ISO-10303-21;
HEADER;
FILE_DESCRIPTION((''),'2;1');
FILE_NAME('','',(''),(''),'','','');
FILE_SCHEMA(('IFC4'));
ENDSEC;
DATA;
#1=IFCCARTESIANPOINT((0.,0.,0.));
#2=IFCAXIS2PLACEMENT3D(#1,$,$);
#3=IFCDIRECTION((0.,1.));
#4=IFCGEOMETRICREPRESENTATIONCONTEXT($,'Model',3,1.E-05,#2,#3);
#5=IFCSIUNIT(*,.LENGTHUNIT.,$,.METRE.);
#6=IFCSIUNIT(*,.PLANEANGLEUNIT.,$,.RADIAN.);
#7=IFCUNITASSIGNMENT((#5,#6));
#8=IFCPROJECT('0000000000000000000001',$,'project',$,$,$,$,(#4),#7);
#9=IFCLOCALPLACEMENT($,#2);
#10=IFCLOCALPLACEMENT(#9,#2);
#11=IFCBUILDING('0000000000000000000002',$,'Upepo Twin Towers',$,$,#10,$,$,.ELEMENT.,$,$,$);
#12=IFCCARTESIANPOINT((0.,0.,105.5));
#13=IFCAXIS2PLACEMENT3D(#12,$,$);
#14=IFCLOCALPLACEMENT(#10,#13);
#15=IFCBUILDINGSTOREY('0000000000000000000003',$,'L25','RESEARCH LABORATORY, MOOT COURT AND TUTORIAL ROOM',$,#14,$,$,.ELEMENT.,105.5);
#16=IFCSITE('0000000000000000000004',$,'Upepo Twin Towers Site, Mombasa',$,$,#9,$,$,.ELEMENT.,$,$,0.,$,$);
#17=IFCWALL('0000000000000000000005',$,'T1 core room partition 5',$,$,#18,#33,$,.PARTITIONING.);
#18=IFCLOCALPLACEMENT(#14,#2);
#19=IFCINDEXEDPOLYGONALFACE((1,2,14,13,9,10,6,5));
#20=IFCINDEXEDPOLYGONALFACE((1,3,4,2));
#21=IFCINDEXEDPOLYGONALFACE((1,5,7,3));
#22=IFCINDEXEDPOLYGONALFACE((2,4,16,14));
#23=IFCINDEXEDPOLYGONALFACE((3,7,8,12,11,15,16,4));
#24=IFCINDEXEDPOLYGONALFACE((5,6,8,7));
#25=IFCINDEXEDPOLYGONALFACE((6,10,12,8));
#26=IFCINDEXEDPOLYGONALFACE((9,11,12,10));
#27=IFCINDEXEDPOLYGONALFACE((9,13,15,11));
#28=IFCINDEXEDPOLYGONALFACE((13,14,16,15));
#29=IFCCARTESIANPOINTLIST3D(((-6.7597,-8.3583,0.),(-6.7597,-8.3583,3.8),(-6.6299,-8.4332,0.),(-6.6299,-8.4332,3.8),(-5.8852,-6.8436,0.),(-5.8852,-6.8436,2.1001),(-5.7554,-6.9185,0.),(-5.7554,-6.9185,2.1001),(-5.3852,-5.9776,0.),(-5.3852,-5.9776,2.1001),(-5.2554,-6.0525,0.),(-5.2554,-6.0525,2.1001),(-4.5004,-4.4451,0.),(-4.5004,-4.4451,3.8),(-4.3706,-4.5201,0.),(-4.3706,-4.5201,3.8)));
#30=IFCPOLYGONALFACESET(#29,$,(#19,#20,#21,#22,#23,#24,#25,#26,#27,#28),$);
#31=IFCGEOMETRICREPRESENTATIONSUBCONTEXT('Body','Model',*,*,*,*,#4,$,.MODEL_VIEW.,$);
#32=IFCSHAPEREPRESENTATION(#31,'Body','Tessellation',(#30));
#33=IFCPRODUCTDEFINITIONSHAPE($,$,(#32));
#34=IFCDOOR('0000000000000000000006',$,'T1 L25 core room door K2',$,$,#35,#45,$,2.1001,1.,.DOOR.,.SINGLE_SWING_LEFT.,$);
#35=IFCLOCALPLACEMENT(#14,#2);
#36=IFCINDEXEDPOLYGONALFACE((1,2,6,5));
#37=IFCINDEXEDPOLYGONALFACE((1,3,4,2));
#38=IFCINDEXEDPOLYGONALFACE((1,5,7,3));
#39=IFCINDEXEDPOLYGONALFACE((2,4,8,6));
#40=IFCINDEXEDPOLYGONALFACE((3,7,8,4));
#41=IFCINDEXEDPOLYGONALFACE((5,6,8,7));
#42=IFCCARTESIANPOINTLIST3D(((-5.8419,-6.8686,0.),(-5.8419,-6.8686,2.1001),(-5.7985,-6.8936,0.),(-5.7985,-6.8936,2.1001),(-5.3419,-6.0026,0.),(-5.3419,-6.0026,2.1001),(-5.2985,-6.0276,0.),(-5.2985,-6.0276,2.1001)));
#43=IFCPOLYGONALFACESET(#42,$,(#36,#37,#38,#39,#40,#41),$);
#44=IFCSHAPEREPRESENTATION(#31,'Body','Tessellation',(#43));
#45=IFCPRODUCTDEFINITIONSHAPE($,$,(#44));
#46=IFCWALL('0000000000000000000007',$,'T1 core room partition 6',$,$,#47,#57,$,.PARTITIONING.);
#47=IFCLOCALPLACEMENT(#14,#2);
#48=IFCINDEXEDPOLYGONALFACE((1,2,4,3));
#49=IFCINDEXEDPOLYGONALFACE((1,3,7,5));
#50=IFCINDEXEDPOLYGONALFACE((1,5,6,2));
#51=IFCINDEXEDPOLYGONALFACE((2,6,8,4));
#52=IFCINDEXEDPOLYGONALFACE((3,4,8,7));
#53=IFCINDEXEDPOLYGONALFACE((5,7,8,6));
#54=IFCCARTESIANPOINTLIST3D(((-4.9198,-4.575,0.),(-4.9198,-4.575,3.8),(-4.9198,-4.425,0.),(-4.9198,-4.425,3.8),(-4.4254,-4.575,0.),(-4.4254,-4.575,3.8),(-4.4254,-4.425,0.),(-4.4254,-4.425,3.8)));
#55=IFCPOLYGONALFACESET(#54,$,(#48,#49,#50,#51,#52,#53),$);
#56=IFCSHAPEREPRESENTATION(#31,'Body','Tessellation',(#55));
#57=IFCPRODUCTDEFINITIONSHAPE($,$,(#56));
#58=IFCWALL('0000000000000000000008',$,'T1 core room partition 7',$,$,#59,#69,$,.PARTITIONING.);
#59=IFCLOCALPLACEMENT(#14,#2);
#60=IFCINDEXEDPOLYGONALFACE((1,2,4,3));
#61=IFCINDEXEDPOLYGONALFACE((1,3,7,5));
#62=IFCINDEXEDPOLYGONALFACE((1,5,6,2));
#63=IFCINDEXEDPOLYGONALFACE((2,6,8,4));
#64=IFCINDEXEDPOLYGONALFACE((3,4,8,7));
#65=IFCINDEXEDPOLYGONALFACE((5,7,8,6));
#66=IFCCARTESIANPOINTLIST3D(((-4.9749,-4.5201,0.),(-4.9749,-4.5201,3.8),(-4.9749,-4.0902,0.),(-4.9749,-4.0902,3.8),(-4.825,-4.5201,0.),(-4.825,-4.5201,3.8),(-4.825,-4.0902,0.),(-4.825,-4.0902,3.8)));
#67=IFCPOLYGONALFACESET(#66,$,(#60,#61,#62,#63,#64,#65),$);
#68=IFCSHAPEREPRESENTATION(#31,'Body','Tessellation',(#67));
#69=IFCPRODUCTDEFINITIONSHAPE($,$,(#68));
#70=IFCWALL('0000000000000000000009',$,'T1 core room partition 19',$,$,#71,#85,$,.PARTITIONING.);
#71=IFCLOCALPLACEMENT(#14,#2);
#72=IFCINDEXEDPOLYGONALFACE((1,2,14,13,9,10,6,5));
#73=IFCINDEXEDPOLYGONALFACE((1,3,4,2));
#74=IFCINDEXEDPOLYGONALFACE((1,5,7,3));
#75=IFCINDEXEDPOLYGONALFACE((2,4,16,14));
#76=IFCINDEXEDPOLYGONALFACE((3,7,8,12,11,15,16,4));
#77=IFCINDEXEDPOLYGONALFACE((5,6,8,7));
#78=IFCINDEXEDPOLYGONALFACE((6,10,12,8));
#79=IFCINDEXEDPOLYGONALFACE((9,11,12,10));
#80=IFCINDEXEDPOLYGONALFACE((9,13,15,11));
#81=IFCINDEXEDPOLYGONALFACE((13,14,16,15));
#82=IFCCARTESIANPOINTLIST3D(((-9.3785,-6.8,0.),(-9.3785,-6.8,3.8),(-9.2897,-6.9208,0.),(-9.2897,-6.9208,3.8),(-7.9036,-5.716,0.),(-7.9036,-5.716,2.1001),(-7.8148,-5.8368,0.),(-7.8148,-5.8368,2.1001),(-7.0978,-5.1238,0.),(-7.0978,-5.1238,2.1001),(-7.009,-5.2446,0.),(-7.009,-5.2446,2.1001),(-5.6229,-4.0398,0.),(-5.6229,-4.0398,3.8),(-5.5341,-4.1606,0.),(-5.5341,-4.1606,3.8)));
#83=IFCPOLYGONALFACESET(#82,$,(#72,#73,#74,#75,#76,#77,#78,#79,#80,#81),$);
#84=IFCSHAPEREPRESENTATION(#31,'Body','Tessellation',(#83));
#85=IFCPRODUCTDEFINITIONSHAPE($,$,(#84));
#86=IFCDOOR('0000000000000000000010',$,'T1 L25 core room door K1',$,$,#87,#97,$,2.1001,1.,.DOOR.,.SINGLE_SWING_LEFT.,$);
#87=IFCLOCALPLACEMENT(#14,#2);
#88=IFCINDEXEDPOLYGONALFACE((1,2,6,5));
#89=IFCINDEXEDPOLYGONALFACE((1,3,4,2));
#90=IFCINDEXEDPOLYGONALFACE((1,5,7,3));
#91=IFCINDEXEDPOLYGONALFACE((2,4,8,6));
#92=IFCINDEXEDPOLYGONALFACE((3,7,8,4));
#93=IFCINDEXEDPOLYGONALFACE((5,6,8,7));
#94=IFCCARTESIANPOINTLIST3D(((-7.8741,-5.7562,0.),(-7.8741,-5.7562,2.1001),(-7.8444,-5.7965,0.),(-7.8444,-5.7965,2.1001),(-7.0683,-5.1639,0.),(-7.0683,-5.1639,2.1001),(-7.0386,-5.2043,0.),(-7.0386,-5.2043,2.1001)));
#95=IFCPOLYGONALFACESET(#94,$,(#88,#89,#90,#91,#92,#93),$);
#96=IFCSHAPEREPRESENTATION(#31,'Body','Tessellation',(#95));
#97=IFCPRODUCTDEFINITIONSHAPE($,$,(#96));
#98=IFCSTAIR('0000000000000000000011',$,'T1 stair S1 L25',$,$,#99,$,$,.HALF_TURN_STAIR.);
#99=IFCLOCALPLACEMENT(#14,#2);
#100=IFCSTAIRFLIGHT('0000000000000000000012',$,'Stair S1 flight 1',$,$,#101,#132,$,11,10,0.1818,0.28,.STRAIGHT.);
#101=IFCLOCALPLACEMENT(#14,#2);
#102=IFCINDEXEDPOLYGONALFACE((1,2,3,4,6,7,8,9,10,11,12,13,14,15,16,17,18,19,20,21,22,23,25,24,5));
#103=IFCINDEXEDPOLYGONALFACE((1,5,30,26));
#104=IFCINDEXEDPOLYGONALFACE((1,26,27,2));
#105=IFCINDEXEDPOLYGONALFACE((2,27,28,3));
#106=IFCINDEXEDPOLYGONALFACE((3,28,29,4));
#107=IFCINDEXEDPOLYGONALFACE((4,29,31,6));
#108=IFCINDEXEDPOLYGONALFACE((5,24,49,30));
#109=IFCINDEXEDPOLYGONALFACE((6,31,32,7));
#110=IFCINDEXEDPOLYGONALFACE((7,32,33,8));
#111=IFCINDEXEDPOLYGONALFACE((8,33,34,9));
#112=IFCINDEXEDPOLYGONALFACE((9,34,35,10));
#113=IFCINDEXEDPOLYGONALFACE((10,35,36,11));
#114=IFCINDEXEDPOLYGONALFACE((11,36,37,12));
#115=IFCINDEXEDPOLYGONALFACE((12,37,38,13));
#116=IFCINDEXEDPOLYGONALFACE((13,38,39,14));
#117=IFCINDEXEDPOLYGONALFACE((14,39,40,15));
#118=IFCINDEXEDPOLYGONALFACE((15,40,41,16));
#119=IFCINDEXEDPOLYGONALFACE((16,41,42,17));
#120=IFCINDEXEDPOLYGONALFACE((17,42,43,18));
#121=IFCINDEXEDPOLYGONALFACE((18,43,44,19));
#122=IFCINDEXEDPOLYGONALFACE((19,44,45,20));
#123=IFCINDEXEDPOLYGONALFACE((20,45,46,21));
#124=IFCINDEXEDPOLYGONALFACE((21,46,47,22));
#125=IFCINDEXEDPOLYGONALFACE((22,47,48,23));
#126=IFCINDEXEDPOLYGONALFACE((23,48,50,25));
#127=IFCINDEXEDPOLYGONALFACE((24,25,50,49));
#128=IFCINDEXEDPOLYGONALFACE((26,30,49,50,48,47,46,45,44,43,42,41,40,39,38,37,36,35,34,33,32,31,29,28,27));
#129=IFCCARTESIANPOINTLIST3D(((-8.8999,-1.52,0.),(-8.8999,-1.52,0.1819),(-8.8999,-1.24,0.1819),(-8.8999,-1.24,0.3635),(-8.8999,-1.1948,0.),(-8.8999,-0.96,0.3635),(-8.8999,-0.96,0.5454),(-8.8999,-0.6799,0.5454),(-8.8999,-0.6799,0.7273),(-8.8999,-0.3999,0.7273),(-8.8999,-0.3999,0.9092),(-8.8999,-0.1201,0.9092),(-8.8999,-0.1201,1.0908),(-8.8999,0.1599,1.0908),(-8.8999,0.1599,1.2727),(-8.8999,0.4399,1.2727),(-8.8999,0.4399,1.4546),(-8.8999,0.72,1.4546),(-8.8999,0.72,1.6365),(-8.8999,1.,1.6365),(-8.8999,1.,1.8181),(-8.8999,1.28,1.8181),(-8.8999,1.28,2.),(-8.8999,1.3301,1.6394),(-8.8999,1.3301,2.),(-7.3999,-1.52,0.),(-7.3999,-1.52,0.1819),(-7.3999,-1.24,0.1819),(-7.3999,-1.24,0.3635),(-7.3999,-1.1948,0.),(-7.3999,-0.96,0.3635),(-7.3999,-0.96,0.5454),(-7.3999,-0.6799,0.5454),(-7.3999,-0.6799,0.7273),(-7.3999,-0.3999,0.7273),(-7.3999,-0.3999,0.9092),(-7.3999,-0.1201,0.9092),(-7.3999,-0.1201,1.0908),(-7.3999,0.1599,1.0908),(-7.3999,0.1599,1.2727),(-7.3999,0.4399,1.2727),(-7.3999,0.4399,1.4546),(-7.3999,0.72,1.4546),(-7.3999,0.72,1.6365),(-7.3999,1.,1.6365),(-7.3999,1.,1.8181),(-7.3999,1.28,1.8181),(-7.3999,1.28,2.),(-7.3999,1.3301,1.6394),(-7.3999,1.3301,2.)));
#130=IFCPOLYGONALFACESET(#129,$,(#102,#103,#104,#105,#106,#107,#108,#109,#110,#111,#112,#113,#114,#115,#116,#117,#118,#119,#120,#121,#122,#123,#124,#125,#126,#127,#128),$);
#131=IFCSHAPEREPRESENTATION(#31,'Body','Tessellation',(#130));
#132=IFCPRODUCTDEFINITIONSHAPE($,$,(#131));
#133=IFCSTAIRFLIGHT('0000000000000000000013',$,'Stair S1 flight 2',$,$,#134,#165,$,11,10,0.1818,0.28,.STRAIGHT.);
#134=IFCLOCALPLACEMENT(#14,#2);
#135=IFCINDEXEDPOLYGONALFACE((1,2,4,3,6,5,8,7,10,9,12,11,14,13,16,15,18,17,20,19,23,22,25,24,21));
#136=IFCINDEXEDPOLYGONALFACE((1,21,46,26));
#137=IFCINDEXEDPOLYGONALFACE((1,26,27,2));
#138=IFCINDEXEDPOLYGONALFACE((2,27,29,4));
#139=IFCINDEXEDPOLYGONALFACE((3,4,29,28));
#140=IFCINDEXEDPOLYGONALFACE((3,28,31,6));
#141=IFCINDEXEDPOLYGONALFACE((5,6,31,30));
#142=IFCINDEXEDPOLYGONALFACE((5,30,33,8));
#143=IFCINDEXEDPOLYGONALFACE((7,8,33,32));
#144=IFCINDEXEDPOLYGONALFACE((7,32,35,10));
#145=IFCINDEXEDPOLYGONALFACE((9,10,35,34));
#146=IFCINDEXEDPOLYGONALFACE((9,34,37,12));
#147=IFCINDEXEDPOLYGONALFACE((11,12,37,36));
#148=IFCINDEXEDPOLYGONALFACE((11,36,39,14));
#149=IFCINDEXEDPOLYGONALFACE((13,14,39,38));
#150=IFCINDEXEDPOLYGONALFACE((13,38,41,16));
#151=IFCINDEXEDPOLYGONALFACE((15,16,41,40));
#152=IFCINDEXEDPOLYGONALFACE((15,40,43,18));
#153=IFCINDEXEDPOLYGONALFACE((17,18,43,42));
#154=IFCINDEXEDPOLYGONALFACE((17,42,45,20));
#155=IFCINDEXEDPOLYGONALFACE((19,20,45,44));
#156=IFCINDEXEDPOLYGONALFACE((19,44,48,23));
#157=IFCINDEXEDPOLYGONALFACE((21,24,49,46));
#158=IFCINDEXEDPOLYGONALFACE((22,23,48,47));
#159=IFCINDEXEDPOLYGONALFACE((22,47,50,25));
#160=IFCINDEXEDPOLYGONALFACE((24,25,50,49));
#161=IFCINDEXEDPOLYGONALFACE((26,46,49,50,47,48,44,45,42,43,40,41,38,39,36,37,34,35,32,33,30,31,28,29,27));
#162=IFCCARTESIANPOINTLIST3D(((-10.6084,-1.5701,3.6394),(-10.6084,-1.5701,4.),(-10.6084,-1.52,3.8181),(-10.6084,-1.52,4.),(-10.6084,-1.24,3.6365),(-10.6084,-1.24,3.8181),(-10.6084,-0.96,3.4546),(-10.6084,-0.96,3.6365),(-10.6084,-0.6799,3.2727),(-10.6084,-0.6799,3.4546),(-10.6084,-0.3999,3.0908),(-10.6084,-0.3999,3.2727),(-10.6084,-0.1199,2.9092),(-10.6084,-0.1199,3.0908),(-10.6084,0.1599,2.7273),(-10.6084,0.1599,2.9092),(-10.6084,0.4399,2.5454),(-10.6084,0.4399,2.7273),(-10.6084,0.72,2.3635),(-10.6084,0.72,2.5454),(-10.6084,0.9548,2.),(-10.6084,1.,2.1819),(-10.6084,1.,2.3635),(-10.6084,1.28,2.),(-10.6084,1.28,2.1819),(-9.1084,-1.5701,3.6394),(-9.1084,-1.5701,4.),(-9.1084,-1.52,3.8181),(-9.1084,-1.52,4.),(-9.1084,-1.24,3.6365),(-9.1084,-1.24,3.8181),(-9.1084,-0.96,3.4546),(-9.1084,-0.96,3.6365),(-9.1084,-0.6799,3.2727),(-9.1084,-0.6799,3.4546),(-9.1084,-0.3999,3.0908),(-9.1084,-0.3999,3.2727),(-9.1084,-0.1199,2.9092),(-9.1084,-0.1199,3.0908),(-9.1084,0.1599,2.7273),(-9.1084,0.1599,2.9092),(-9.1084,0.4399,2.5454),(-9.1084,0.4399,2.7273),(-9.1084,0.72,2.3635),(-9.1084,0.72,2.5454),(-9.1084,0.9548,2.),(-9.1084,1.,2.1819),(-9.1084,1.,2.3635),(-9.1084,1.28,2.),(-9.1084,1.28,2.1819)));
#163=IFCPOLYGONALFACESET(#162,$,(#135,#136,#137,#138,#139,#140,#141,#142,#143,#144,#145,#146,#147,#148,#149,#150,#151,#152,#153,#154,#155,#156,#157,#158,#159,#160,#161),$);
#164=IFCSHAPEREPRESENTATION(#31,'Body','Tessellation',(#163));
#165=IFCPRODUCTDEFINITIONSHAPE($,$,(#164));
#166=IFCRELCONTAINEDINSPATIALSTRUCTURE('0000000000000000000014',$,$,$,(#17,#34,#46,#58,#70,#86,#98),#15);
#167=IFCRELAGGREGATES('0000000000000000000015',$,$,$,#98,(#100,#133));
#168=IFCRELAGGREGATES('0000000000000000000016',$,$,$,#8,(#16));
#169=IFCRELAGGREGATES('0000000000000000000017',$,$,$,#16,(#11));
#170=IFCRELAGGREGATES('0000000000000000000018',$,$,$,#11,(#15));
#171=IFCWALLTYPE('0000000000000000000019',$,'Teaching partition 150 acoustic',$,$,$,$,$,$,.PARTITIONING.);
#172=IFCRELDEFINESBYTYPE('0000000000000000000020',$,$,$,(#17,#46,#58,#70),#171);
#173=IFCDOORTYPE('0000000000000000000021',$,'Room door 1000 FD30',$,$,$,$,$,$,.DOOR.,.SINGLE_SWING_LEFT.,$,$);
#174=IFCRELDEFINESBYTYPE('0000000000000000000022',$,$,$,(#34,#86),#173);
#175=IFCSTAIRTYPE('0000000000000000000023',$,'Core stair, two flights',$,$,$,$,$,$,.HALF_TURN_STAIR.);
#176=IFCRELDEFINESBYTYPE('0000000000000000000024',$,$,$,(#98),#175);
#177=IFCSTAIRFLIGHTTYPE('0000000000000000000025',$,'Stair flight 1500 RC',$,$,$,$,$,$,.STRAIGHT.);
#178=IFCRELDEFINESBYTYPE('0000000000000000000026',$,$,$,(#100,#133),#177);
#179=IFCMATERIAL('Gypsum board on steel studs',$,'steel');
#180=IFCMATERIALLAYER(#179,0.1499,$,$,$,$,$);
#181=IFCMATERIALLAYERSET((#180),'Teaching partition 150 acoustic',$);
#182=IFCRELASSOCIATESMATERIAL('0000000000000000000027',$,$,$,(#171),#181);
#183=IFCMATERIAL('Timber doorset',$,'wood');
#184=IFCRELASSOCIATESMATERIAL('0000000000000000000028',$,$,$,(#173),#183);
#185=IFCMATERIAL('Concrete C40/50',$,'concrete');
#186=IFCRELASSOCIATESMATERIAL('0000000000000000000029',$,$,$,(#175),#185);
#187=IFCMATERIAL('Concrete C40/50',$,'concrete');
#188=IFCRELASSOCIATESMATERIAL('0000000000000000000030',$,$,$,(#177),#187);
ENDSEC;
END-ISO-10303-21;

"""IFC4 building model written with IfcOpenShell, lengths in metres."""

from ifc_helpers import new_model, si_unit, direction, frame, frame_2d, origin, place, context, subcontext, project, spatial, polyline, rectangle, outline, extrude, material, layer, layer_set, type_object, element, fill, aggregate, save


model = new_model("IFC4")

# Units and contexts
model_context = context("Model", 3, precision=1e-05, world=origin(), true_north=direction((0.0, 1.0)))
body_context = subcontext(model_context, "Body", "Model", "MODEL_VIEW")
ifc_project = project(units=[si_unit("LENGTHUNIT", "METRE"), si_unit("PLANEANGLEUNIT", "RADIAN")], contexts=[model_context])

# Site, building, storey
site_placement = place(None, origin())
site = spatial("IfcSite", under=ifc_project, at=site_placement, Name="Upepo Twin Towers Site, Mombasa", CompositionType="ELEMENT", RefElevation=0.0)
building_placement = place(site_placement, origin())
building = spatial("IfcBuilding", under=site, at=building_placement, Name="Upepo Twin Towers", CompositionType="ELEMENT")
storey_placement = place(building_placement, frame((0.0, 0.0, 105.5)))
storey = spatial("IfcBuildingStorey", under=building, at=storey_placement, Name="L25", Description="RESEARCH LABORATORY, MOOT COURT AND TUTORIAL ROOM", CompositionType="ELEMENT", Elevation=105.5)

# Shared definitions
ifc_material_1 = material(Name="Gypsum board on steel studs", Category="steel")
ifc_layer_1 = layer(ifc_material_1, 0.1499)
ifc_layer_set_1 = layer_set([ifc_layer_1], Name="Teaching partition 150 acoustic")
wall_type_1 = type_object("IfcWallType", Name="Teaching partition 150 acoustic", PredefinedType="PARTITIONING", material=ifc_layer_set_1)

# Wall, opening, door
ifc_material_2 = material(Name="Timber doorset", Category="wood")
door_type_1 = type_object("IfcDoorType", Name="Room door 1000 FD30", OperationType="SINGLE_SWING_LEFT", PredefinedType="DOOR", material=ifc_material_2)
wall_1_placement = place(storey_placement, frame((-6.6948, -8.3958, 0.0), z_axis=(0.0, 0.0, 1.0), x_axis=(0.500009, 0.86602, 0.0)))
wall_1 = element("IfcWall", 1, at=wall_1_placement, inside=storey, type_object=wall_type_1, Name="T1 core room partition 5", PredefinedType="PARTITIONING", context=body_context, shape_type="SweptSolid", body=[
    extrude(rectangle(XDim=4.5186, YDim=0.1499, at=frame_2d((2.2593, 0.0))), origin(), (0.0, 0.0, 1.0), 3.8),
])
opening_1_placement = place(wall_1_placement, frame((1.749, 0.0, 0.0)))
opening_1 = element("IfcOpeningElement", 2, at=opening_1_placement, cuts=wall_1, PredefinedType="OPENING", context=body_context, shape_type="SweptSolid", body=[
    extrude(rectangle(XDim=1.0, YDim=2.1001, at=frame_2d((0.5, 1.05))), frame((0.0, 0.085, 0.0), z_axis=(0.0, -1.0, 0.0), x_axis=(1.0, 0.0, 0.0)), (0.0, 0.0, 1.0), 0.1699),
])
door_1_placement = place(opening_1_placement, origin())
door_1 = element("IfcDoor", 3, at=door_1_placement, inside=storey, type_object=door_type_1, Name="T1 L25 core room door K2", OperationType="SINGLE_SWING_LEFT", OverallHeight=2.1001, OverallWidth=1.0, PredefinedType="DOOR", context=body_context, shape_type="SweptSolid", body=[
    extrude(rectangle(XDim=1.0, YDim=2.1001, at=frame_2d((0.5, 1.05))), frame((0.0, 0.0249, 0.0), z_axis=(0.0, -1.0, 0.0), x_axis=(1.0, 0.0, 0.0)), (0.0, 0.0, 1.0), 0.05),
])
fill(opening_1, door_1)

# Walls
wall_2_placement = place(storey_placement, frame((-4.4255, -4.5, 0.0), z_axis=(0.0, 0.0, 1.0), x_axis=(-1.0, 0.0, 0.0)))
element("IfcWall", 4, at=wall_2_placement, inside=storey, type_object=wall_type_1, Name="T1 core room partition 6", PredefinedType="PARTITIONING", context=body_context, shape_type="SweptSolid", body=[
    extrude(rectangle(XDim=0.4944, YDim=0.1499, at=frame_2d((0.2471, 0.0))), origin(), (0.0, 0.0, 1.0), 3.8),
])
wall_3_placement = place(storey_placement, frame((-4.8999, -4.52, 0.0), z_axis=(0.0, 0.0, 1.0), x_axis=(0.0, 1.0, 0.0)))
element("IfcWall", 5, at=wall_3_placement, inside=storey, type_object=wall_type_1, Name="T1 core room partition 7", PredefinedType="PARTITIONING", context=body_context, shape_type="SweptSolid", body=[
    extrude(rectangle(XDim=0.4299, YDim=0.1499, at=frame_2d((0.2148, 0.0))), origin(), (0.0, 0.0, 1.0), 3.8),
])

# Wall, opening, door
wall_4_placement = place(storey_placement, frame((-5.5784, -4.1001, 0.0), z_axis=(0.0, 0.0, 1.0), x_axis=(-0.805777, -0.592219, 0.0)))
wall_4 = element("IfcWall", 6, at=wall_4_placement, inside=storey, type_object=wall_type_1, Name="T1 core room partition 19", PredefinedType="PARTITIONING", context=body_context, shape_type="SweptSolid", body=[
    extrude(rectangle(XDim=4.6609, YDim=0.1499, at=frame_2d((2.3306, 0.0))), origin(), (0.0, 0.0, 1.0), 3.8),
])
opening_2_placement = place(wall_4_placement, frame((1.8306, 0.0, 0.0)))
opening_2 = element("IfcOpeningElement", 7, at=opening_2_placement, cuts=wall_4, PredefinedType="OPENING", context=body_context, shape_type="SweptSolid", body=[
    extrude(rectangle(XDim=1.0, YDim=2.1001, at=frame_2d((0.5, 1.05))), frame((0.0, 0.085, 0.0), z_axis=(0.0, -1.0, 0.0), x_axis=(1.0, 0.0, 0.0)), (0.0, 0.0, 1.0), 0.1699),
])
door_2_placement = place(opening_2_placement, origin())
door_2 = element("IfcDoor", 8, at=door_2_placement, inside=storey, type_object=door_type_1, Name="T1 L25 core room door K1", OperationType="SINGLE_SWING_LEFT", OverallHeight=2.1001, OverallWidth=1.0, PredefinedType="DOOR", context=body_context, shape_type="SweptSolid", body=[
    extrude(rectangle(XDim=1.0, YDim=2.1001, at=frame_2d((0.5, 1.05))), frame((0.0, 0.0249, 0.0), z_axis=(0.0, -1.0, 0.0), x_axis=(1.0, 0.0, 0.0)), (0.0, 0.0, 1.0), 0.05),
])
fill(opening_2, door_2)

# Stair, stair flights
ifc_material_3 = material(Name="Concrete C40/50", Category="concrete")
stair_type = type_object("IfcStairType", Name="Core stair, two flights", PredefinedType="HALF_TURN_STAIR", material=ifc_material_3)
stair_placement = place(storey_placement, origin())
stair = element("IfcStair", 9, at=stair_placement, inside=storey, type_object=stair_type, Name="T1 stair S1 L25", PredefinedType="HALF_TURN_STAIR")
ifc_material_4 = material(Name="Concrete C40/50", Category="concrete")
stair_flight_type = type_object("IfcStairFlightType", Name="Stair flight 1500 RC", PredefinedType="STRAIGHT", material=ifc_material_4)
stair_flight_1_placement = place(storey_placement, frame((-8.1499, -1.52, 0.0), z_axis=(0.0, 0.0, 1.0), x_axis=(0.0, 1.0, 0.0)))
stair_flight_1 = element("IfcStairFlight", 10, at=stair_flight_1_placement, type_object=stair_flight_type, Name="Stair S1 flight 1", NumberOfRisers=11, NumberOfTreads=10, PredefinedType="STRAIGHT", RiserHeight=0.1818, TreadLength=0.28, context=body_context, shape_type="SweptSolid", body=[
    extrude(outline(polyline([(0.0, 0.0), (0.0, 0.1819), (0.28, 0.1819), (0.28, 0.3635), (0.5601, 0.3635), (0.5601, 0.5454), (0.8401, 0.5454), (0.8401, 0.7273), (1.1201, 0.7273), (1.1201, 0.9092), (1.3999, 0.9092), (1.3999, 1.0908), (1.6799, 1.0908), (1.6799, 1.2727), (1.96, 1.2727), (1.96, 1.4546), (2.24, 1.4546), (2.24, 1.6365), (2.52, 1.6365), (2.52, 1.8181), (2.8, 1.8181), (2.8, 2.0), (2.8501, 2.0), (2.8501, 1.6394), (0.3252, 0.0), (0.0, 0.0)])), frame((0.0, 0.75, 0.0), z_axis=(0.0, -1.0, 0.0), x_axis=(1.0, 0.0, 0.0)), (0.0, 0.0, 1.0), 1.5),
])
stair_flight_2_placement = place(storey_placement, frame((-9.8584, 1.28, 2.0), z_axis=(0.0, 0.0, 1.0), x_axis=(0.0, -1.0, 0.0)))
stair_flight_2 = element("IfcStairFlight", 11, at=stair_flight_2_placement, type_object=stair_flight_type, Name="Stair S1 flight 2", NumberOfRisers=11, NumberOfTreads=10, PredefinedType="STRAIGHT", RiserHeight=0.1818, TreadLength=0.28, context=body_context, shape_type="SweptSolid", body=[
    extrude(outline(polyline([(0.0, 0.0), (0.0, 0.1819), (0.28, 0.1819), (0.28, 0.3635), (0.5601, 0.3635), (0.5601, 0.5454), (0.8401, 0.5454), (0.8401, 0.7273), (1.1201, 0.7273), (1.1201, 0.9092), (1.3999, 0.9092), (1.3999, 1.0908), (1.6799, 1.0908), (1.6799, 1.2727), (1.96, 1.2727), (1.96, 1.4546), (2.24, 1.4546), (2.24, 1.6365), (2.52, 1.6365), (2.52, 1.8181), (2.8, 1.8181), (2.8, 2.0), (2.8501, 2.0), (2.8501, 1.6394), (0.3252, 0.0), (0.0, 0.0)])), frame((0.0, 0.75, 0.0), z_axis=(0.0, -1.0, 0.0), x_axis=(1.0, 0.0, 0.0)), (0.0, 0.0, 1.0), 1.5),
])
aggregate(stair, [stair_flight_1, stair_flight_2])

save(model, "model.ifc")
